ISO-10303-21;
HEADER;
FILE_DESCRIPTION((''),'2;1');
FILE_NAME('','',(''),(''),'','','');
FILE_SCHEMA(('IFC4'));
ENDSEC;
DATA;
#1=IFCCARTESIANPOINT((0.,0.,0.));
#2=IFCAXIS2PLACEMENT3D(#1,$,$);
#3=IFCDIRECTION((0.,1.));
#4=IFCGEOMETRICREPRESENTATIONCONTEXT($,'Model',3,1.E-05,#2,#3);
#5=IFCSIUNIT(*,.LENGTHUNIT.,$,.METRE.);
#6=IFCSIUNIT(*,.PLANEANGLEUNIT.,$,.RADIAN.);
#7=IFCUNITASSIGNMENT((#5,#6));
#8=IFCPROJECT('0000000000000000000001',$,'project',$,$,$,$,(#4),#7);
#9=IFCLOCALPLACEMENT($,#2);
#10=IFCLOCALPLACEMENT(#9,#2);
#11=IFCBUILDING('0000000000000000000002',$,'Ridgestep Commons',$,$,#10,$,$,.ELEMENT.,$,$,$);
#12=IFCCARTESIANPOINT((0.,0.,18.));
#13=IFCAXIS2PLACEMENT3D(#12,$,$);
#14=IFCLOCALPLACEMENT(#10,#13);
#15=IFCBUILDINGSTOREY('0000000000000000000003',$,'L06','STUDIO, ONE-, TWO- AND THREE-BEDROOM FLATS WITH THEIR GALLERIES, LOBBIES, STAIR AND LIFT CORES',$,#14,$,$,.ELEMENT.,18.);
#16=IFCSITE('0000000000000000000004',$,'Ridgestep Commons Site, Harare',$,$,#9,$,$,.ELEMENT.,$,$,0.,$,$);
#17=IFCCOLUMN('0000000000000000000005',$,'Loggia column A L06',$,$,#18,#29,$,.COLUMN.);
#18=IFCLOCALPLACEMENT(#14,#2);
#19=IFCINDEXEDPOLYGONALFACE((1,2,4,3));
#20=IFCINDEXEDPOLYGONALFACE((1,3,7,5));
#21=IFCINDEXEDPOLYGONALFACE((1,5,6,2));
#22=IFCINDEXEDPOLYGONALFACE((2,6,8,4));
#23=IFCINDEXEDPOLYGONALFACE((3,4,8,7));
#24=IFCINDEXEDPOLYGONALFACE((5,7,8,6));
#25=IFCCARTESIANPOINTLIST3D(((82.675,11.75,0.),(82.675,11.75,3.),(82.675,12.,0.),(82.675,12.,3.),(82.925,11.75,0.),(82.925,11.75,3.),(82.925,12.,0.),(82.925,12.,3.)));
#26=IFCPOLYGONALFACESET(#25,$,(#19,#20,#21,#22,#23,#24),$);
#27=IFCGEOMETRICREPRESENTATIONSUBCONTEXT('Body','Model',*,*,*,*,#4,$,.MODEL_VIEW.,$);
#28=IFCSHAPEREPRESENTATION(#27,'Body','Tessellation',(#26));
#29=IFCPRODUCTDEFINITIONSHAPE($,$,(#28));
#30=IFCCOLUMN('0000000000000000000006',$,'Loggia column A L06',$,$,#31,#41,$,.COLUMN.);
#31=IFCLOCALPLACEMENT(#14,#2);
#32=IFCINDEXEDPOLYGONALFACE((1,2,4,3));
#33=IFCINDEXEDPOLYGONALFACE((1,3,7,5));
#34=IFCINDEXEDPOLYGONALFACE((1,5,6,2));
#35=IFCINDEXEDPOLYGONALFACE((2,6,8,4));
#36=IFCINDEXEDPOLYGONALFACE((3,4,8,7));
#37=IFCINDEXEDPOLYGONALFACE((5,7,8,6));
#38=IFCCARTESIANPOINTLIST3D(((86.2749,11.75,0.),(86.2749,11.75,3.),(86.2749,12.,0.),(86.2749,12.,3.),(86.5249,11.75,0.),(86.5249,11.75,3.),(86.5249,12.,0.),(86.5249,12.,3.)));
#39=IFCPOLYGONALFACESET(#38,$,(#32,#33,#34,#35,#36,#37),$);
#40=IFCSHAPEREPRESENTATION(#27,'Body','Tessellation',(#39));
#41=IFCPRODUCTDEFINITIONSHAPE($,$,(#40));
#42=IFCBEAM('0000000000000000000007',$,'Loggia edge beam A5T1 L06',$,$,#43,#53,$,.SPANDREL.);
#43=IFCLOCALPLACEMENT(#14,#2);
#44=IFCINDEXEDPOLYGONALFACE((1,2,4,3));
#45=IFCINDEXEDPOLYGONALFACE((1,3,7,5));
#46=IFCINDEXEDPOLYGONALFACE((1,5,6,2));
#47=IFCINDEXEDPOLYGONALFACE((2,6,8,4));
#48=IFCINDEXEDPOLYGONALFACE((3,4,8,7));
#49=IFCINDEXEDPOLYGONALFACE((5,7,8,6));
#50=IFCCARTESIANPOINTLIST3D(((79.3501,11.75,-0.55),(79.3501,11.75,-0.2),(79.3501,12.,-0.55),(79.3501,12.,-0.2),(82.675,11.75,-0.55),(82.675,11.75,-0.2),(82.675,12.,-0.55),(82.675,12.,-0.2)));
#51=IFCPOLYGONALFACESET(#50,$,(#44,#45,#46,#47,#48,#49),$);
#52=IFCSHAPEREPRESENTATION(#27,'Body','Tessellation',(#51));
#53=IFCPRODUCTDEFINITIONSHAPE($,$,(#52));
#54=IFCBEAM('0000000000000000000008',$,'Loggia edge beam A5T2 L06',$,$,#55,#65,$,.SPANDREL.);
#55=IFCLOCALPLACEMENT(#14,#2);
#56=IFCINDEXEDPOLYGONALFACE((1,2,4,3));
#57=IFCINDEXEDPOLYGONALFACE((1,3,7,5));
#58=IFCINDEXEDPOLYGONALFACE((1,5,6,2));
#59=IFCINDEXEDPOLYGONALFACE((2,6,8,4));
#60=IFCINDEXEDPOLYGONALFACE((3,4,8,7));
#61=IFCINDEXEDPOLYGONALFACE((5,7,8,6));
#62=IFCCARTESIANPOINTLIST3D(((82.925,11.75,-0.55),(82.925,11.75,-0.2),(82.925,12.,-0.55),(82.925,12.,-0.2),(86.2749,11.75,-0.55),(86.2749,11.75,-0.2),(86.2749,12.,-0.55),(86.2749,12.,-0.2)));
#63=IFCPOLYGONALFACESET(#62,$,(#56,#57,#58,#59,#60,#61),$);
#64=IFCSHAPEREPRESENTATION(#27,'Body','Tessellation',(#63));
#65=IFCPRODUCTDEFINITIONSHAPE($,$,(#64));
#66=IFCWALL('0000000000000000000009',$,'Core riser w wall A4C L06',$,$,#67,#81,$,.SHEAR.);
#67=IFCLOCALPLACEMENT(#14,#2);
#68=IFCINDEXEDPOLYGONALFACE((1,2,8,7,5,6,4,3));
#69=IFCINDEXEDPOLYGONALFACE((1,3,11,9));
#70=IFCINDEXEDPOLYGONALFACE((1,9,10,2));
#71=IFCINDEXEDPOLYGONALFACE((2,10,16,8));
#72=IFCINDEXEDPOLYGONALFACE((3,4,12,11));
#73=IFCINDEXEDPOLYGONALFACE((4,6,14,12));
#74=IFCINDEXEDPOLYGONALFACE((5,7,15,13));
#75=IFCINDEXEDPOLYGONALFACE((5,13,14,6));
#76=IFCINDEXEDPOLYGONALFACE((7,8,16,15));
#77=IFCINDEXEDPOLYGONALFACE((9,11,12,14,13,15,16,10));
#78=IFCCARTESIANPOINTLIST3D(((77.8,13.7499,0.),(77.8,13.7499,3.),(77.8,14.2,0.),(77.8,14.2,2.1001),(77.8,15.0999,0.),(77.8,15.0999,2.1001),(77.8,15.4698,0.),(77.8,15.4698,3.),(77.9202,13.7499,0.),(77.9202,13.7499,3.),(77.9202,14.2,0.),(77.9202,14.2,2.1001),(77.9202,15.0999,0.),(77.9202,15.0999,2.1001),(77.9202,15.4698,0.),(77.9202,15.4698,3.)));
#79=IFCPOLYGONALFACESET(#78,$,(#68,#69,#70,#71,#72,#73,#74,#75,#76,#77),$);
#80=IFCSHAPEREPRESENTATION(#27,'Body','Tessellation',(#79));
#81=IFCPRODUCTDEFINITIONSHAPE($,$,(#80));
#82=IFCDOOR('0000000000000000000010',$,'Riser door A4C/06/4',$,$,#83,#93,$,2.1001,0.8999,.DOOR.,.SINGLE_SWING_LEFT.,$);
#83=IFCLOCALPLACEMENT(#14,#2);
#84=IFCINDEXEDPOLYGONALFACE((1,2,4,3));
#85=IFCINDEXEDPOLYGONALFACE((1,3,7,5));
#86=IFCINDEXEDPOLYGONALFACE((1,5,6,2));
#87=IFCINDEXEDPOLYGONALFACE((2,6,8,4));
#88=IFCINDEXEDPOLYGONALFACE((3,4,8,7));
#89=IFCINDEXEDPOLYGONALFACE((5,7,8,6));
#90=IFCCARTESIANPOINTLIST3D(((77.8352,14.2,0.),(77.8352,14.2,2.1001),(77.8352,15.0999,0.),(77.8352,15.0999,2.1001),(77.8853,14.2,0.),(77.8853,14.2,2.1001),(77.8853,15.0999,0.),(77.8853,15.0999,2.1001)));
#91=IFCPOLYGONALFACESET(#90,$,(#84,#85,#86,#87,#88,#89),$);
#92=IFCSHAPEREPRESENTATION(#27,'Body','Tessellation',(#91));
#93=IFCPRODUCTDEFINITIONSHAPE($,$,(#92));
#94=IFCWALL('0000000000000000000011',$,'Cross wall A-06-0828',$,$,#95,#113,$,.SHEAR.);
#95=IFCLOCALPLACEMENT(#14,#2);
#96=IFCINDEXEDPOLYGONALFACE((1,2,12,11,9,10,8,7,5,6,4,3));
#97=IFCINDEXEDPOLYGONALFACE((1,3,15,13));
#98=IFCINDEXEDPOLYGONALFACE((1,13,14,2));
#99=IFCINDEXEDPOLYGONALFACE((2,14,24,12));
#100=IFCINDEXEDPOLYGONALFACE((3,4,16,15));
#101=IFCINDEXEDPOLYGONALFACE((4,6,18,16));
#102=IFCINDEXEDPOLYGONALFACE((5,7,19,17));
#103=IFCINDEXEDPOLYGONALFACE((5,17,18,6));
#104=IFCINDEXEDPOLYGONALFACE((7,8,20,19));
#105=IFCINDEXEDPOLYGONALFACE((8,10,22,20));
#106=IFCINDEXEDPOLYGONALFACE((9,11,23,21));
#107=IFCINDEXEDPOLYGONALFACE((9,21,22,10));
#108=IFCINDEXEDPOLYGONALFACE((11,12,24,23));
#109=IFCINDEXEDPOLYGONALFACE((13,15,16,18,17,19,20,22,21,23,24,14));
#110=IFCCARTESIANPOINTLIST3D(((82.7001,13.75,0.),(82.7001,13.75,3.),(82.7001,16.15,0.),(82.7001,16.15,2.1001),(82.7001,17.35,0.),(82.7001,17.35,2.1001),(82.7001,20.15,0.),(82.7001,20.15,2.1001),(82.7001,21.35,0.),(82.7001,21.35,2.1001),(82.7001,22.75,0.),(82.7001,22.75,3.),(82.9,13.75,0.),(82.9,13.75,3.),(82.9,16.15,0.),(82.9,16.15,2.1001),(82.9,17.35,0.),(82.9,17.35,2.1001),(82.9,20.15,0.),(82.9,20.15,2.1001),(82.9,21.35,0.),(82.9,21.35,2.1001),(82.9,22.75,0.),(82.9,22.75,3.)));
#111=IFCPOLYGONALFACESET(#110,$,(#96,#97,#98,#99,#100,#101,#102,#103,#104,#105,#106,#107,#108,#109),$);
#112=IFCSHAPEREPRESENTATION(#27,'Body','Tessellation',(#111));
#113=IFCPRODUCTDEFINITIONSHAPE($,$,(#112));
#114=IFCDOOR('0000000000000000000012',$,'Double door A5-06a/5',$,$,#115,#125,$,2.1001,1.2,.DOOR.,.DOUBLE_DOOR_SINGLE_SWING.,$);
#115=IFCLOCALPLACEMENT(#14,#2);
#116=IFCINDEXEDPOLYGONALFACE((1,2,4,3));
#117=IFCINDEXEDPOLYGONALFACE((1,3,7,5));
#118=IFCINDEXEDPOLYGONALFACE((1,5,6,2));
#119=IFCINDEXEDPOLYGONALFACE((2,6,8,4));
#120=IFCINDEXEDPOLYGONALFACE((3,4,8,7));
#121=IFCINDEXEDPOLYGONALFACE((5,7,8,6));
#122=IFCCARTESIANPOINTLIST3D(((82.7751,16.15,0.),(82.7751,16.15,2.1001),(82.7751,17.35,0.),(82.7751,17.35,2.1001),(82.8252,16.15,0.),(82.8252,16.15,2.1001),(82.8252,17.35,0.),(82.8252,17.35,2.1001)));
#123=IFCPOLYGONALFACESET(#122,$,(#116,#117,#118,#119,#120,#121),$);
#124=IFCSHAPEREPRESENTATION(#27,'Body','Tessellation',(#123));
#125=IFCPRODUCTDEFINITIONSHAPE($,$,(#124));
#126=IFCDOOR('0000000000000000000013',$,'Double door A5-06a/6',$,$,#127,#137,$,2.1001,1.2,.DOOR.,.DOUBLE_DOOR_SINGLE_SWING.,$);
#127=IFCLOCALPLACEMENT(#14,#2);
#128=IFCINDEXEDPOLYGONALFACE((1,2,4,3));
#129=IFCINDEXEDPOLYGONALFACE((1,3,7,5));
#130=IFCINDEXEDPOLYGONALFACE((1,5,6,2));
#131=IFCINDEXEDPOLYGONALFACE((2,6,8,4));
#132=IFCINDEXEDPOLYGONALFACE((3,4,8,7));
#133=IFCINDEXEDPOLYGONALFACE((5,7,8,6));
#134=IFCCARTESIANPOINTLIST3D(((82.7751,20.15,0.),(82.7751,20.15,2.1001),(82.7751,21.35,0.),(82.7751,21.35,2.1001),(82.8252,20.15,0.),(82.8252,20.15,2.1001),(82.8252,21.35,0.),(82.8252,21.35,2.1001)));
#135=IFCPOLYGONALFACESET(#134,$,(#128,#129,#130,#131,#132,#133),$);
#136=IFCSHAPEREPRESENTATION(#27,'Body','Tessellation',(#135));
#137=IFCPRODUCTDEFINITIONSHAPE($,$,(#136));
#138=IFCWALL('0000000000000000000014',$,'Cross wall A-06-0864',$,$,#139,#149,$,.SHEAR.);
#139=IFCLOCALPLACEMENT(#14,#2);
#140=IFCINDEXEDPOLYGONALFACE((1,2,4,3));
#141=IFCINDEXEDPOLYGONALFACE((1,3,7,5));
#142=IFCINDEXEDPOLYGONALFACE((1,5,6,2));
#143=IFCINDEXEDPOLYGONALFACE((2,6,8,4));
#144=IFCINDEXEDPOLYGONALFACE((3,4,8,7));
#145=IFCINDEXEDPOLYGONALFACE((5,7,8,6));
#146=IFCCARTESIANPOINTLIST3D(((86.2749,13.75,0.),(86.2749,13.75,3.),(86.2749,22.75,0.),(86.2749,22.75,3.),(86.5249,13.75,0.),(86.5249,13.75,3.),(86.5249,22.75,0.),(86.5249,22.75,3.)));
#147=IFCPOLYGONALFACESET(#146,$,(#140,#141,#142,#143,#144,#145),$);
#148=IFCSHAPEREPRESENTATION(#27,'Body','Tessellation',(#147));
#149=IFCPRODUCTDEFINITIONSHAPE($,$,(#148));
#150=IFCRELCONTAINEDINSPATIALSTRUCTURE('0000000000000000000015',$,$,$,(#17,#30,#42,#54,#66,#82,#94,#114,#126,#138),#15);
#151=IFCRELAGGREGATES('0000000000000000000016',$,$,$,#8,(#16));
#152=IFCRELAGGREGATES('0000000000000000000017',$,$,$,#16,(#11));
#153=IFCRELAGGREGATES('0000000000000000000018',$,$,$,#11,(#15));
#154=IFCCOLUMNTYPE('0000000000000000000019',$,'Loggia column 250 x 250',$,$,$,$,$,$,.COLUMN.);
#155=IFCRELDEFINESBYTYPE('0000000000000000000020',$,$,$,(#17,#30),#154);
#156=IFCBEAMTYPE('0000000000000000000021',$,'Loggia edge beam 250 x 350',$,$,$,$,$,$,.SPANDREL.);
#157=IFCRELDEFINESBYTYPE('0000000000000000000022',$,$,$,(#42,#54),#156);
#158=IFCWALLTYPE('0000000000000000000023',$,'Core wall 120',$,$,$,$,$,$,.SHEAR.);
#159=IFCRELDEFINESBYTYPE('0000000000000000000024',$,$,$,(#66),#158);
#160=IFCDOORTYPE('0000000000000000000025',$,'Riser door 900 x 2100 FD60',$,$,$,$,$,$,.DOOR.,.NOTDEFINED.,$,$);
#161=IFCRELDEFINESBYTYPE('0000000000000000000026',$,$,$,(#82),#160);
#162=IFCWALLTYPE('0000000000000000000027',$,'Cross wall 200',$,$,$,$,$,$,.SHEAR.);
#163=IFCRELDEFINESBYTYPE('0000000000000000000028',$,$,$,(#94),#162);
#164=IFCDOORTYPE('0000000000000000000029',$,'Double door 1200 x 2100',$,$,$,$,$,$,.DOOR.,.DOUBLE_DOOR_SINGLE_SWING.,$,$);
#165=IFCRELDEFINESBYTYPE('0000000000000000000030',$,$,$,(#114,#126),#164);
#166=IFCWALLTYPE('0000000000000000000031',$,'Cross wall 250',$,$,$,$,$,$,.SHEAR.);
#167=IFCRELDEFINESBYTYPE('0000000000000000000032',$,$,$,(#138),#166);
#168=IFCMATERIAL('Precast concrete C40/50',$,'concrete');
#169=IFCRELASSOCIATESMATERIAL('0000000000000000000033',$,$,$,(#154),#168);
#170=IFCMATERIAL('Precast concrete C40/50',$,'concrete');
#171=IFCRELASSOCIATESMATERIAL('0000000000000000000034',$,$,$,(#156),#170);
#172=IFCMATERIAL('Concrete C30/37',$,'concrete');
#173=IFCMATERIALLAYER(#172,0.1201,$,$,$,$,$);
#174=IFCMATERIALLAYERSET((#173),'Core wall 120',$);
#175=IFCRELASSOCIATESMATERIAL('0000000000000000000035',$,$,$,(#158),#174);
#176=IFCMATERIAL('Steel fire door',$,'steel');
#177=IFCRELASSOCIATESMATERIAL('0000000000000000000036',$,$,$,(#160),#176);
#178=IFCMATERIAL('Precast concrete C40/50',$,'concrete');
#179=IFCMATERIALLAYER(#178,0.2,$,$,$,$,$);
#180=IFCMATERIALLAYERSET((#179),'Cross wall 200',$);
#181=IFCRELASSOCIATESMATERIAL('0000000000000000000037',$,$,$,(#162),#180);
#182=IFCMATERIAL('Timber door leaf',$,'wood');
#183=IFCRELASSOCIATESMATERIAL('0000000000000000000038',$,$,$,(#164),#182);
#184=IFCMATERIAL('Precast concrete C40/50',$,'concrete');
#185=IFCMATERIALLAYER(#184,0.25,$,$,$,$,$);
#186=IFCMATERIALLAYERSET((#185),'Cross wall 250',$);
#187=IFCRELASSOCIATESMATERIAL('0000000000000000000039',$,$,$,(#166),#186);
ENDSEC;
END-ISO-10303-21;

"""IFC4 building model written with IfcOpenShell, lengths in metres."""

from ifc_helpers import new_model, si_unit, direction, frame, frame_2d, origin, origin_2d, place, context, subcontext, project, spatial, rectangle, extrude, material, layer, layer_set, material_profile, profile_set, type_object, element, fill, save


model = new_model("IFC4")

# Units and contexts
model_context = context("Model", 3, precision=1e-05, world=origin(), true_north=direction((0.0, 1.0)))
body_context = subcontext(model_context, "Body", "Model", "MODEL_VIEW")
ifc_project = project(units=[si_unit("LENGTHUNIT", "METRE"), si_unit("PLANEANGLEUNIT", "RADIAN")], contexts=[model_context])

# Site, building, storey
site_placement = place(None, origin())
site = spatial("IfcSite", under=ifc_project, at=site_placement, Name="Ridgestep Commons Site, Harare", CompositionType="ELEMENT", RefElevation=0.0)
building_placement = place(site_placement, origin())
building = spatial("IfcBuilding", under=site, at=building_placement, Name="Ridgestep Commons", CompositionType="ELEMENT")
storey_placement = place(building_placement, frame((0.0, 0.0, 18.0)))
storey = spatial("IfcBuildingStorey", under=building, at=storey_placement, Name="L06", Description="STUDIO, ONE-, TWO- AND THREE-BEDROOM FLATS WITH THEIR GALLERIES, LOBBIES, STAIR AND LIFT CORES", CompositionType="ELEMENT", Elevation=18.0)

# Columns
ifc_material_1 = material(Name="Precast concrete C40/50", Category="concrete")
ifc_material_profile_1 = material_profile(ifc_material_1, rectangle(XDim=0.25, YDim=0.25, at=origin_2d()), Name="PC 250x250")
ifc_profile_set_1 = profile_set([ifc_material_profile_1], Name="Precast concrete C40/50")
column_type = type_object("IfcColumnType", Name="Loggia column 250 x 250", PredefinedType="COLUMN", material=ifc_profile_set_1)
for number, where, z_axis, x_axis, name in (
    (1, (82.8, 11.875, 0.0), (0.0, 0.0, 1.0), (1.0, 0.0, 0.0), "Loggia column A L06"),
    (2, (86.3999, 11.875, 0.0), (0.0, 0.0, 1.0), (1.0, 0.0, 0.0), "Loggia column A L06"),
):
    element("IfcColumn", number, at=place(storey_placement, frame(where, z_axis=z_axis, x_axis=x_axis)), inside=storey, type_object=column_type, Name=name, PredefinedType="COLUMN", context=body_context, shape_type="SweptSolid", body=[
        extrude(rectangle(XDim=0.25, YDim=0.25, at=origin_2d()), origin(), (0.0, 0.0, 1.0), 3.0),
    ])

# Beams
ifc_material_2 = material(Name="Precast concrete C40/50", Category="concrete")
ifc_material_profile_2 = material_profile(ifc_material_2, rectangle(XDim=0.25, YDim=0.3501, at=origin_2d()), Name="PC 250x350")
ifc_profile_set_2 = profile_set([ifc_material_profile_2], Name="Precast concrete C40/50")
beam_type = type_object("IfcBeamType", Name="Loggia edge beam 250 x 350", PredefinedType="SPANDREL", material=ifc_profile_set_2)
beam_1_placement = place(storey_placement, frame((79.3501, 11.875, -0.375), z_axis=(1.0, 0.0, 0.0), x_axis=(0.0, 1.0, 0.0)))
element("IfcBeam", 3, at=beam_1_placement, inside=storey, type_object=beam_type, Name="Loggia edge beam A5T1 L06", PredefinedType="SPANDREL", context=body_context, shape_type="SweptSolid", body=[
    extrude(rectangle(XDim=0.25, YDim=0.3501, at=origin_2d()), origin(), (0.0, 0.0, 1.0), 3.325),
])
beam_2_placement = place(storey_placement, frame((82.925, 11.875, -0.375), z_axis=(1.0, 0.0, 0.0), x_axis=(0.0, 1.0, 0.0)))
element("IfcBeam", 4, at=beam_2_placement, inside=storey, type_object=beam_type, Name="Loggia edge beam A5T2 L06", PredefinedType="SPANDREL", context=body_context, shape_type="SweptSolid", body=[
    extrude(rectangle(XDim=0.25, YDim=0.3501, at=origin_2d()), origin(), (0.0, 0.0, 1.0), 3.3499),
])

# Wall, opening, door
ifc_material_3 = material(Name="Concrete C30/37", Category="concrete")
ifc_layer_1 = layer(ifc_material_3, 0.1201)
ifc_layer_set_1 = layer_set([ifc_layer_1], Name="Core wall 120")
wall_type_1 = type_object("IfcWallType", Name="Core wall 120", PredefinedType="SHEAR", material=ifc_layer_set_1)
wall_1_placement = place(storey_placement, frame((77.8601, 13.75, 0.0), z_axis=(0.0, 0.0, 1.0), x_axis=(0.0, 1.0, 0.0)))
wall_1 = element("IfcWall", 5, at=wall_1_placement, inside=storey, type_object=wall_type_1, Name="Core riser w wall A4C L06", PredefinedType="SHEAR", context=body_context, shape_type="SweptSolid", body=[
    extrude(rectangle(XDim=1.72, YDim=0.1201, at=frame_2d((0.8599, 0.0))), origin(), (0.0, 0.0, 1.0), 3.0),
])
opening_1_placement = place(wall_1_placement, frame((0.45, 0.0, 0.0)))
opening_1 = element("IfcOpeningElement", 6, at=opening_1_placement, cuts=wall_1, PredefinedType="OPENING", context=body_context, shape_type="SweptSolid", body=[
    extrude(rectangle(XDim=0.8999, YDim=2.1001, at=frame_2d((0.45, 1.05))), frame((0.0, 0.0701, 0.0), z_axis=(0.0, -1.0, 0.0), x_axis=(1.0, 0.0, 0.0)), (0.0, 0.0, 1.0), 0.1401),
])
ifc_material_4 = material(Name="Steel fire door", Category="steel")
door_type_1 = type_object("IfcDoorType", Name="Riser door 900 x 2100 FD60", OperationType="NOTDEFINED", PredefinedType="DOOR", material=ifc_material_4)
door_1_placement = place(opening_1_placement, origin())
door_1 = element("IfcDoor", 7, at=door_1_placement, inside=storey, type_object=door_type_1, Name="Riser door A4C/06/4", OperationType="SINGLE_SWING_LEFT", OverallHeight=2.1001, OverallWidth=0.8999, PredefinedType="DOOR", context=body_context, shape_type="SweptSolid", body=[
    extrude(rectangle(XDim=0.8999, YDim=2.1001, at=frame_2d((0.45, 1.05))), frame((0.0, 0.0249, 0.0), z_axis=(0.0, -1.0, 0.0), x_axis=(1.0, 0.0, 0.0)), (0.0, 0.0, 1.0), 0.05),
])
fill(opening_1, door_1)

# Wall, openings, doors
ifc_material_5 = material(Name="Precast concrete C40/50", Category="concrete")
ifc_layer_2 = layer(ifc_material_5, 0.2)
ifc_layer_set_2 = layer_set([ifc_layer_2], Name="Cross wall 200")
wall_type_2 = type_object("IfcWallType", Name="Cross wall 200", PredefinedType="SHEAR", material=ifc_layer_set_2)
wall_2_placement = place(storey_placement, frame((82.8, 13.75, 0.0), z_axis=(0.0, 0.0, 1.0), x_axis=(0.0, 1.0, 0.0)))
wall_2 = element("IfcWall", 8, at=wall_2_placement, inside=storey, type_object=wall_type_2, Name="Cross wall A-06-0828", PredefinedType="SHEAR", context=body_context, shape_type="SweptSolid", body=[
    extrude(rectangle(XDim=9.0, YDim=0.2, at=frame_2d((4.5, 0.0))), origin(), (0.0, 0.0, 1.0), 3.0),
])
opening_2_placement = place(wall_2_placement, frame((2.3999, 0.0, 0.0)))
opening_2 = element("IfcOpeningElement", 9, at=opening_2_placement, cuts=wall_2, PredefinedType="OPENING", context=body_context, shape_type="SweptSolid", body=[
    extrude(rectangle(XDim=1.2, YDim=2.1001, at=frame_2d((0.6001, 1.05))), frame((0.0, 0.1099, 0.0), z_axis=(0.0, -1.0, 0.0), x_axis=(1.0, 0.0, 0.0)), (0.0, 0.0, 1.0), 0.22),
])
opening_3_placement = place(wall_2_placement, frame((6.3999, 0.0, 0.0)))
opening_3 = element("IfcOpeningElement", 10, at=opening_3_placement, cuts=wall_2, PredefinedType="OPENING", context=body_context, shape_type="SweptSolid", body=[
    extrude(rectangle(XDim=1.2, YDim=2.1001, at=frame_2d((0.6001, 1.05))), frame((0.0, 0.1099, 0.0), z_axis=(0.0, -1.0, 0.0), x_axis=(1.0, 0.0, 0.0)), (0.0, 0.0, 1.0), 0.22),
])
ifc_material_6 = material(Name="Timber door leaf", Category="wood")
door_type_2 = type_object("IfcDoorType", Name="Double door 1200 x 2100", OperationType="DOUBLE_DOOR_SINGLE_SWING", PredefinedType="DOOR", material=ifc_material_6)
door_2_placement = place(opening_2_placement, origin())
door_2 = element("IfcDoor", 11, at=door_2_placement, inside=storey, type_object=door_type_2, Name="Double door A5-06a/5", OperationType="DOUBLE_DOOR_SINGLE_SWING", OverallHeight=2.1001, OverallWidth=1.2, PredefinedType="DOOR", context=body_context, shape_type="SweptSolid", body=[
    extrude(rectangle(XDim=1.2, YDim=2.1001, at=frame_2d((0.6001, 1.05))), frame((0.0, 0.0249, 0.0), z_axis=(0.0, -1.0, 0.0), x_axis=(1.0, 0.0, 0.0)), (0.0, 0.0, 1.0), 0.05),
])
fill(opening_2, door_2)
door_3_placement = place(opening_3_placement, origin())
door_3 = element("IfcDoor", 12, at=door_3_placement, inside=storey, type_object=door_type_2, Name="Double door A5-06a/6", OperationType="DOUBLE_DOOR_SINGLE_SWING", OverallHeight=2.1001, OverallWidth=1.2, PredefinedType="DOOR", context=body_context, shape_type="SweptSolid", body=[
    extrude(rectangle(XDim=1.2, YDim=2.1001, at=frame_2d((0.6001, 1.05))), frame((0.0, 0.0249, 0.0), z_axis=(0.0, -1.0, 0.0), x_axis=(1.0, 0.0, 0.0)), (0.0, 0.0, 1.0), 0.05),
])
fill(opening_3, door_3)

# Wall
ifc_material_7 = material(Name="Precast concrete C40/50", Category="concrete")
ifc_layer_3 = layer(ifc_material_7, 0.25)
ifc_layer_set_3 = layer_set([ifc_layer_3], Name="Cross wall 250")
wall_type_3 = type_object("IfcWallType", Name="Cross wall 250", PredefinedType="SHEAR", material=ifc_layer_set_3)
wall_3_placement = place(storey_placement, frame((86.3999, 13.75, 0.0), z_axis=(0.0, 0.0, 1.0), x_axis=(0.0, 1.0, 0.0)))
element("IfcWall", 13, at=wall_3_placement, inside=storey, type_object=wall_type_3, Name="Cross wall A-06-0864", PredefinedType="SHEAR", context=body_context, shape_type="SweptSolid", body=[
    extrude(rectangle(XDim=9.0, YDim=0.25, at=frame_2d((4.5, 0.0))), origin(), (0.0, 0.0, 1.0), 3.0),
])

save(model, "model.ifc")
